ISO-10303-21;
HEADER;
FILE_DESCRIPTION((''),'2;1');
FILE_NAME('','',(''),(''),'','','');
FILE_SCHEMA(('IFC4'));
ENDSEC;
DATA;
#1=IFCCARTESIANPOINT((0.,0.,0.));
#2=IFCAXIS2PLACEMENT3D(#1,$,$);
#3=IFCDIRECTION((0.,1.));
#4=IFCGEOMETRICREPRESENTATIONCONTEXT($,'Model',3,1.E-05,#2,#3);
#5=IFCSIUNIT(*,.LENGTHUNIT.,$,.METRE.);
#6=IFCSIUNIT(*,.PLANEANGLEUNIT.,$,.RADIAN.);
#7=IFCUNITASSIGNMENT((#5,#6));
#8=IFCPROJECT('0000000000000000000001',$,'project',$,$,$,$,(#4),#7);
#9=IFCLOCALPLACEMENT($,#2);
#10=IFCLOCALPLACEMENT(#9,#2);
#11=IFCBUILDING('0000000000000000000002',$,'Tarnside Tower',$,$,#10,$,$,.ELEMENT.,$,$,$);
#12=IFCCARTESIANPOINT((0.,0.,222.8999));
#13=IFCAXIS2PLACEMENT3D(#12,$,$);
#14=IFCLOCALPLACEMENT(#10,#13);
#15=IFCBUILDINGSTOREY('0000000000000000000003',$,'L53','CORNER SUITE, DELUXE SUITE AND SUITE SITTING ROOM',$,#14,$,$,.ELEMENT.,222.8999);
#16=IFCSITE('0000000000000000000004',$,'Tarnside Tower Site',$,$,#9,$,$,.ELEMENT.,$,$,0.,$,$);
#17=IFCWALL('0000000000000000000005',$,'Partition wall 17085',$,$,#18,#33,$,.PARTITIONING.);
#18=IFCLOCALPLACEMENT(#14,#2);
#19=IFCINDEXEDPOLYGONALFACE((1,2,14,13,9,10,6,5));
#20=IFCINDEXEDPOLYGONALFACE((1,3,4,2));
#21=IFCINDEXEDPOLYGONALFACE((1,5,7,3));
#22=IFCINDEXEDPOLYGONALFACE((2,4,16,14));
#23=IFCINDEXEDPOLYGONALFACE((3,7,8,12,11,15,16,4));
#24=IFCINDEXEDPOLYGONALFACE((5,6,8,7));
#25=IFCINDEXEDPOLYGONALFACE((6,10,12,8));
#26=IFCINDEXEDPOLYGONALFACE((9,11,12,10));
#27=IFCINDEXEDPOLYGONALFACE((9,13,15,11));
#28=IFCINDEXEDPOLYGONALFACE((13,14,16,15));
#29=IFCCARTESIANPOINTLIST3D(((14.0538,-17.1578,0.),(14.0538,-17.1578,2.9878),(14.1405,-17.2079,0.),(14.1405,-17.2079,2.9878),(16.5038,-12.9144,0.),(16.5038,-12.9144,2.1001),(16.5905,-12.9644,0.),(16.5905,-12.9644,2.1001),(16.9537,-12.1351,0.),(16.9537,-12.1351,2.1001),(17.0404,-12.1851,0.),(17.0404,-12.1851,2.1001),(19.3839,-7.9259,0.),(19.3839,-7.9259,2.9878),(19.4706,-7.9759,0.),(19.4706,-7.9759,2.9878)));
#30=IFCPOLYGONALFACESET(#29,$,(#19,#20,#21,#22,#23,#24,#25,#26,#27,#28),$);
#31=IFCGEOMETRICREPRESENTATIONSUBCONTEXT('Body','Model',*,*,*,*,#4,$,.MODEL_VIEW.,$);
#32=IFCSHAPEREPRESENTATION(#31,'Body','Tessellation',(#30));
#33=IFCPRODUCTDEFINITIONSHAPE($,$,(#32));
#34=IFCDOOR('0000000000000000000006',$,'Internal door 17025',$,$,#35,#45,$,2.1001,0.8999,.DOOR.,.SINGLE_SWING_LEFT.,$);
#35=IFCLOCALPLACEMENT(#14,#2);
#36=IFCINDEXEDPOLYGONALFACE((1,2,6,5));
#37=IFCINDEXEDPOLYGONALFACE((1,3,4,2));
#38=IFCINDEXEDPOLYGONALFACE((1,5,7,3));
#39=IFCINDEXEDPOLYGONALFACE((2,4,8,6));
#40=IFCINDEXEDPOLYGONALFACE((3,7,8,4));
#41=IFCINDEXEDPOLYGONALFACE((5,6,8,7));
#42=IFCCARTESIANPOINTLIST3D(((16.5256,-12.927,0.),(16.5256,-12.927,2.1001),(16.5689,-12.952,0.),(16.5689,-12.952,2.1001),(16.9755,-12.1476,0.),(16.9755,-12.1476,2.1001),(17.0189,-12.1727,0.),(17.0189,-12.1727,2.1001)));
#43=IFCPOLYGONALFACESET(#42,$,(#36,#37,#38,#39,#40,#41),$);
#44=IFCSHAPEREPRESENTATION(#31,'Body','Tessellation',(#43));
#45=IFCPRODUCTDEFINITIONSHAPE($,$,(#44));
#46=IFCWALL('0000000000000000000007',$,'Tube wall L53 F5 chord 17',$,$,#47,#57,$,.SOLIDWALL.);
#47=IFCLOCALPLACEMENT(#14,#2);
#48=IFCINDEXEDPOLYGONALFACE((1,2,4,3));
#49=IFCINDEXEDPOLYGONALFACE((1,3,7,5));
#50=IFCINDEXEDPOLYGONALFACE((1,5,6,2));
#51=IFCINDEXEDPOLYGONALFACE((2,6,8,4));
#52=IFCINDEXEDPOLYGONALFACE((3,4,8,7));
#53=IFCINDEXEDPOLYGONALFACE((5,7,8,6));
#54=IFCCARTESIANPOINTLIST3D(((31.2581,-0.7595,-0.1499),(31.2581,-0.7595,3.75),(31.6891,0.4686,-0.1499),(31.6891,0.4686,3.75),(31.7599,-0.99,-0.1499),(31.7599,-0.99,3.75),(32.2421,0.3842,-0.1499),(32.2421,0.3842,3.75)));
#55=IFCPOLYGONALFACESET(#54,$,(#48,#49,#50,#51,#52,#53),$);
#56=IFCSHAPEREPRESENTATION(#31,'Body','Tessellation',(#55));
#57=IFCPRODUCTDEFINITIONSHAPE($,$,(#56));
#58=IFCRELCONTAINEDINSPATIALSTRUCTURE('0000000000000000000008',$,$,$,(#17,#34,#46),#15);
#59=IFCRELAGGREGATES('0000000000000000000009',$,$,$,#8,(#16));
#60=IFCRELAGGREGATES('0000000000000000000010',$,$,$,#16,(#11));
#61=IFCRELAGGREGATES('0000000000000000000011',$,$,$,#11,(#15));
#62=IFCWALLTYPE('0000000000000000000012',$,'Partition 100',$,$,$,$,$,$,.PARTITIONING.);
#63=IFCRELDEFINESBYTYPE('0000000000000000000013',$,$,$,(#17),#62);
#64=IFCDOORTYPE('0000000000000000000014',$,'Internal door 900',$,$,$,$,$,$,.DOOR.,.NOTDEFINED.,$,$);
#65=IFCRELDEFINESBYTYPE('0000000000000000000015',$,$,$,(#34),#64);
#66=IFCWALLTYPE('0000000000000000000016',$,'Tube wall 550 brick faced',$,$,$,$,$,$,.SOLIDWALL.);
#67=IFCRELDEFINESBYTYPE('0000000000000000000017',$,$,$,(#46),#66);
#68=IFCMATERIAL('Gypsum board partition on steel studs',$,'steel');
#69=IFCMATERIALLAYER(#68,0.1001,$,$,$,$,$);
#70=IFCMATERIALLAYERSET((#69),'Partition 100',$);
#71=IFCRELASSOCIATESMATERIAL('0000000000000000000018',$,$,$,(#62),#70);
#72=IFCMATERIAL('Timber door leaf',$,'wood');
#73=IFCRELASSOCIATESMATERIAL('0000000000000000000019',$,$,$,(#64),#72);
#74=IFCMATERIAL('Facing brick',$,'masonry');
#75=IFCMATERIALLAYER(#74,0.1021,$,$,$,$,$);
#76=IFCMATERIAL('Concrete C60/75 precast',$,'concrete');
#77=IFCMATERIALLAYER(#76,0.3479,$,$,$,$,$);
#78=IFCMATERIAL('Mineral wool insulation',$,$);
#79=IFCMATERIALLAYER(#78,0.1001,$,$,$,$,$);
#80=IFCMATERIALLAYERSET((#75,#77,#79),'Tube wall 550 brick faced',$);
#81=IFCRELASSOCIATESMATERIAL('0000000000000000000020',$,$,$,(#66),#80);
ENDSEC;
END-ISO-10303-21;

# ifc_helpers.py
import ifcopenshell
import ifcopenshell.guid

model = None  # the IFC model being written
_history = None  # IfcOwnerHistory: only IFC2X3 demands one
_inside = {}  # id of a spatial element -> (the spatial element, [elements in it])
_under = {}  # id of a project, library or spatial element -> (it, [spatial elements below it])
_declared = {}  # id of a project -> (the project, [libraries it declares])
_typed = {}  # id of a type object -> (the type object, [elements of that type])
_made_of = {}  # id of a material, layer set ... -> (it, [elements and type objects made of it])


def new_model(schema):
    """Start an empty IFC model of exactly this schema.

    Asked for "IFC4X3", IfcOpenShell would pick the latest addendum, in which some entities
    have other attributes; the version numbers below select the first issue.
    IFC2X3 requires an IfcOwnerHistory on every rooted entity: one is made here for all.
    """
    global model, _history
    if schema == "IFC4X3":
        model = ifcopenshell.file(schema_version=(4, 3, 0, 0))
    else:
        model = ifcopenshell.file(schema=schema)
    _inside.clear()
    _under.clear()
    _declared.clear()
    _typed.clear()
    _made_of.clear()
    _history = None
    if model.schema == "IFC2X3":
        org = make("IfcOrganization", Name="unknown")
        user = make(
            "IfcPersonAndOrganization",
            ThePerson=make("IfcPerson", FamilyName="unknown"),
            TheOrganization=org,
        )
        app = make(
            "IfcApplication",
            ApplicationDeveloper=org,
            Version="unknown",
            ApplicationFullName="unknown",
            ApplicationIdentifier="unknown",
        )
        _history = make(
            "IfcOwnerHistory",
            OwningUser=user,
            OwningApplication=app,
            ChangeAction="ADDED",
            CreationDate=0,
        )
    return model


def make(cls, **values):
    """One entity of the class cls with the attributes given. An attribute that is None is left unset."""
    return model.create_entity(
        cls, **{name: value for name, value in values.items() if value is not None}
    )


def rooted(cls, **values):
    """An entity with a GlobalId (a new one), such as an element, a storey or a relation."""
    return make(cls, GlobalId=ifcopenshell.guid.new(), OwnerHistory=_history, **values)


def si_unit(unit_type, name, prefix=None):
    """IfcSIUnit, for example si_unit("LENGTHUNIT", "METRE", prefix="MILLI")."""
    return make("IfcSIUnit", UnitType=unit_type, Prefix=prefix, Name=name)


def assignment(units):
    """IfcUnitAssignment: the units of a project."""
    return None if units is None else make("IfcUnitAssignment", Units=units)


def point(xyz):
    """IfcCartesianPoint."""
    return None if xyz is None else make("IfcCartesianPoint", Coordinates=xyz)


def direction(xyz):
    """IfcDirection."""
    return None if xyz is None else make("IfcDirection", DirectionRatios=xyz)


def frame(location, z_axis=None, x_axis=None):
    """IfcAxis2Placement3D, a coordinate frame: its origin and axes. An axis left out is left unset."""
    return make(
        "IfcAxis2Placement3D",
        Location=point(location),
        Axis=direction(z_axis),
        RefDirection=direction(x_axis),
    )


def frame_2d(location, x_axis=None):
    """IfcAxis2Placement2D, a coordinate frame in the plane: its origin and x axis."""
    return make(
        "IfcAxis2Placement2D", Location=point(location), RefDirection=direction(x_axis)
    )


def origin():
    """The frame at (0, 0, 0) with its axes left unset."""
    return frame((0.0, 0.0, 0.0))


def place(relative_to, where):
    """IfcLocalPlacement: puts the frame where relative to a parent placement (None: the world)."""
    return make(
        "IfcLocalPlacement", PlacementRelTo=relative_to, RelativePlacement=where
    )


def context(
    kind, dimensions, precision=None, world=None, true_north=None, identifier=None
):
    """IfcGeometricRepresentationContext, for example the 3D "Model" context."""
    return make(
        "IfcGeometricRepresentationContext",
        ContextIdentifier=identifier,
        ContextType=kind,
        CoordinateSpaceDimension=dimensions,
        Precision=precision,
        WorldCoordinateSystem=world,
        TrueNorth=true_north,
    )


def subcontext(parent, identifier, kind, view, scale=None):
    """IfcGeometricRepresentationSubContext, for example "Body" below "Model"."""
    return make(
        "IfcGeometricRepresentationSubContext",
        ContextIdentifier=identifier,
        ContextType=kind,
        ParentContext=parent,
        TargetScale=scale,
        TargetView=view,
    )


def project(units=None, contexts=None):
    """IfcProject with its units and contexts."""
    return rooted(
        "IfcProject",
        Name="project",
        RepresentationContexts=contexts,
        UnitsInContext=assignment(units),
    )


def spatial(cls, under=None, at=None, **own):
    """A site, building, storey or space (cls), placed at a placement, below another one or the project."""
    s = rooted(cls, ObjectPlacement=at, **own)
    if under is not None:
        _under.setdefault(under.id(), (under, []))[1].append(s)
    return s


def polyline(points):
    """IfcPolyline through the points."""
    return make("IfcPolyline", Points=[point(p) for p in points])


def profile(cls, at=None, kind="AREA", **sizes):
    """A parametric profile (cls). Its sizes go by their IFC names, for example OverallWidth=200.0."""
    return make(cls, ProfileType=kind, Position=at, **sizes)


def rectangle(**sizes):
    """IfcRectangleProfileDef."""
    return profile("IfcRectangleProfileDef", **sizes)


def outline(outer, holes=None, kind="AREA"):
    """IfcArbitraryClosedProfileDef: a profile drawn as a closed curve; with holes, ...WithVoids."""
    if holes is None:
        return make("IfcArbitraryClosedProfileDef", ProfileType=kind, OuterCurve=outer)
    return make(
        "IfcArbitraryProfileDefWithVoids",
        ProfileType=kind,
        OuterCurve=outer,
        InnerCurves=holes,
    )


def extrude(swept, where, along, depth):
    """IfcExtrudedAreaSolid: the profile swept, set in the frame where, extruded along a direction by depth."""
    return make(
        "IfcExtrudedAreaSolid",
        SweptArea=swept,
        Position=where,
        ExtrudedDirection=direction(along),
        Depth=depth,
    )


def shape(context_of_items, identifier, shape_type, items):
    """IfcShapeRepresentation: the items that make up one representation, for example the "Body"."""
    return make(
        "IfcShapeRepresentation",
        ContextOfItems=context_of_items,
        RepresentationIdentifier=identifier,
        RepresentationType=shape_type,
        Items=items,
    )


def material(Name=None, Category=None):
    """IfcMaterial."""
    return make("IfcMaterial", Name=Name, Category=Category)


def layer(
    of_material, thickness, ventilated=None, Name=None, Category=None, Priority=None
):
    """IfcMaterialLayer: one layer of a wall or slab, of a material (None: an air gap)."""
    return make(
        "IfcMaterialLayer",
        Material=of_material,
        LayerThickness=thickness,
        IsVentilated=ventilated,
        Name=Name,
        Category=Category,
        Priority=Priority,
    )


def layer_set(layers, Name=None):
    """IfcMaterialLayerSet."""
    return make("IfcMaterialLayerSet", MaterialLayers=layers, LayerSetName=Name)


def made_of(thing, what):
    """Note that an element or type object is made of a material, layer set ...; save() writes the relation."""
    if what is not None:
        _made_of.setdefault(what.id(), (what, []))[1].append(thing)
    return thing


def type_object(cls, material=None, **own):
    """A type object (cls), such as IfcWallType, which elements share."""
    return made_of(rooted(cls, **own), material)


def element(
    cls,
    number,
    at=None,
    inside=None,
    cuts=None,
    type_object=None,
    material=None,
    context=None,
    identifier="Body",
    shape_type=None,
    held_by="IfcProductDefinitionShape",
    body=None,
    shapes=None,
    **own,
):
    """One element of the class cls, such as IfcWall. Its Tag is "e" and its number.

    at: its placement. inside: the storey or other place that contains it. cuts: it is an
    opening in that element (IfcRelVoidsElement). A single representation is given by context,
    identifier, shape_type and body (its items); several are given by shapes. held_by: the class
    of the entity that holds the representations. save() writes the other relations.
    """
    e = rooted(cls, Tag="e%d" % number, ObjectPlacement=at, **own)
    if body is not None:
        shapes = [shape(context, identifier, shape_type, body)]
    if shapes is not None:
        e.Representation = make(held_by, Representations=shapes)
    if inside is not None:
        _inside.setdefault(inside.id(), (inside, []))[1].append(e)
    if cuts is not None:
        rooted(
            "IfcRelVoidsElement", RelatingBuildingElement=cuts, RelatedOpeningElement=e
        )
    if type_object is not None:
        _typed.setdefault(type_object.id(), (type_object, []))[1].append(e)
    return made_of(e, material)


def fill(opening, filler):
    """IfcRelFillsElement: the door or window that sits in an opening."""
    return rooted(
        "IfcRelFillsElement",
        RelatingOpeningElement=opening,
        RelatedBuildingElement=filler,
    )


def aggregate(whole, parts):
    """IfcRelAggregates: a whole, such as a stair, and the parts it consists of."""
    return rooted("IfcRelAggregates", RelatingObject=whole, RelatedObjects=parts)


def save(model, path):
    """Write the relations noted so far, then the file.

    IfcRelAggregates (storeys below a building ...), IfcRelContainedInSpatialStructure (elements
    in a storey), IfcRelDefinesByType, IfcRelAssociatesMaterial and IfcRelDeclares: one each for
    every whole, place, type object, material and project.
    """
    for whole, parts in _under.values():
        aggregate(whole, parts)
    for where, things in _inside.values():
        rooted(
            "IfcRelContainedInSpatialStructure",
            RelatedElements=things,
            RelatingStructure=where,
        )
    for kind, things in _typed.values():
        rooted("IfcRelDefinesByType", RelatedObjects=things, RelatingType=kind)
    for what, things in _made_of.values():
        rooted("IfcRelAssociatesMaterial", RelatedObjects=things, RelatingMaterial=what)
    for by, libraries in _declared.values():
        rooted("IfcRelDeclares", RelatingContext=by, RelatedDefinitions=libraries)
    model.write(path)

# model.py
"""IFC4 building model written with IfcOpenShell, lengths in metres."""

from ifc_helpers import new_model, si_unit, direction, frame, frame_2d, origin, place, context, subcontext, project, spatial, polyline, rectangle, outline, extrude, material, layer, layer_set, type_object, element, fill, save


model = new_model("IFC4")

# Units and contexts
model_context = context("Model", 3, precision=1e-05, world=origin(), true_north=direction((0.0, 1.0)))
body_context = subcontext(model_context, "Body", "Model", "MODEL_VIEW")
ifc_project = project(units=[si_unit("LENGTHUNIT", "METRE"), si_unit("PLANEANGLEUNIT", "RADIAN")], contexts=[model_context])

# Site, building, storey
site_placement = place(None, origin())
site = spatial("IfcSite", under=ifc_project, at=site_placement, Name="Tarnside Tower Site", CompositionType="ELEMENT", RefElevation=0.0)
building_placement = place(site_placement, origin())
building = spatial("IfcBuilding", under=site, at=building_placement, Name="Tarnside Tower", CompositionType="ELEMENT")
storey_placement = place(building_placement, frame((0.0, 0.0, 222.8999)))
storey = spatial("IfcBuildingStorey", under=building, at=storey_placement, Name="L53", Description="CORNER SUITE, DELUXE SUITE AND SUITE SITTING ROOM", CompositionType="ELEMENT", Elevation=222.8999)

# Shared definitions
ifc_material_1 = material(Name="Gypsum board partition on steel studs", Category="steel")
ifc_material_2 = material(Name="Timber door leaf", Category="wood")

# Wall, opening, door
ifc_layer_1 = layer(ifc_material_1, 0.1001)
ifc_layer_set_1 = layer_set([ifc_layer_1], Name="Partition 100")
wall_type_1 = type_object("IfcWallType", Name="Partition 100", PredefinedType="PARTITIONING", material=ifc_layer_set_1)
wall_1_placement = place(storey_placement, frame((14.0972, -17.1829, 0.0), z_axis=(0.0, 0.0, 1.0), x_axis=(0.500001, 0.866025, 0.0)))
wall_1 = element("IfcWall", 1, at=wall_1_placement, inside=storey, type_object=wall_type_1, Name="Partition wall 17085", PredefinedType="PARTITIONING", context=body_context, shape_type="SweptSolid", body=[
    extrude(rectangle(XDim=10.6602, YDim=0.1001, at=frame_2d((5.3301, 0.0))), origin(), (0.0, 0.0, 1.0), 2.9878),
])
opening_1_placement = place(wall_1_placement, frame((4.8999, 0.0, 0.0)))
opening_1 = element("IfcOpeningElement", 2, at=opening_1_placement, cuts=wall_1, PredefinedType="OPENING", context=body_context, shape_type="SweptSolid", body=[
    extrude(rectangle(XDim=0.8999, YDim=2.1001, at=frame_2d((0.45, 1.05))), frame((0.0, 0.0601, 0.0), z_axis=(0.0, -1.0, 0.0), x_axis=(1.0, 0.0, 0.0)), (0.0, 0.0, 1.0), 0.1201),
])
door_type_1 = type_object("IfcDoorType", Name="Internal door 900", OperationType="NOTDEFINED", PredefinedType="DOOR", material=ifc_material_2)
door_1_placement = place(opening_1_placement, origin())
door_1 = element("IfcDoor", 3, at=door_1_placement, inside=storey, type_object=door_type_1, Name="Internal door 17025", OperationType="SINGLE_SWING_LEFT", OverallHeight=2.1001, OverallWidth=0.8999, PredefinedType="DOOR", context=body_context, shape_type="SweptSolid", body=[
    extrude(rectangle(XDim=0.8999, YDim=2.1001, at=frame_2d((0.45, 1.05))), frame((0.0, 0.0249, 0.0), z_axis=(0.0, -1.0, 0.0), x_axis=(1.0, 0.0, 0.0)), (0.0, 0.0, 1.0), 0.05),
])
fill(opening_1, door_1)

# Wall
ifc_material_3 = material(Name="Facing brick", Category="masonry")
ifc_layer_2 = layer(ifc_material_3, 0.1021)
ifc_material_4 = material(Name="Concrete C60/75 precast", Category="concrete")
ifc_layer_3 = layer(ifc_material_4, 0.3479)
ifc_material_5 = material(Name="Mineral wool insulation")
ifc_layer_4 = layer(ifc_material_5, 0.1001)
ifc_layer_set_2 = layer_set([ifc_layer_2, ifc_layer_3, ifc_layer_4], Name="Tube wall 550 brick faced")
wall_type_2 = type_object("IfcWallType", Name="Tube wall 550 brick faced", PredefinedType="SOLIDWALL", material=ifc_layer_set_2)
wall_2_placement = place(storey_placement, frame((31.509, -0.8748, -0.1499), z_axis=(0.0, 0.0, 1.0), x_axis=(0.331115, 0.94359, 0.0)))
element("IfcWall", 4, at=wall_2_placement, inside=storey, type_object=wall_type_2, Name="Tube wall L53 F5 chord 17", PredefinedType="SOLIDWALL", context=body_context, shape_type="SweptSolid", body=[
    extrude(outline(polyline([(-0.0256, -0.2749), (1.4307, -0.2749), (1.3271, 0.2749), (0.0256, 0.2749), (-0.0256, -0.2749)])), origin(), (0.0, 0.0, 1.0), 3.8999),
])

save(model, "model.ifc")
